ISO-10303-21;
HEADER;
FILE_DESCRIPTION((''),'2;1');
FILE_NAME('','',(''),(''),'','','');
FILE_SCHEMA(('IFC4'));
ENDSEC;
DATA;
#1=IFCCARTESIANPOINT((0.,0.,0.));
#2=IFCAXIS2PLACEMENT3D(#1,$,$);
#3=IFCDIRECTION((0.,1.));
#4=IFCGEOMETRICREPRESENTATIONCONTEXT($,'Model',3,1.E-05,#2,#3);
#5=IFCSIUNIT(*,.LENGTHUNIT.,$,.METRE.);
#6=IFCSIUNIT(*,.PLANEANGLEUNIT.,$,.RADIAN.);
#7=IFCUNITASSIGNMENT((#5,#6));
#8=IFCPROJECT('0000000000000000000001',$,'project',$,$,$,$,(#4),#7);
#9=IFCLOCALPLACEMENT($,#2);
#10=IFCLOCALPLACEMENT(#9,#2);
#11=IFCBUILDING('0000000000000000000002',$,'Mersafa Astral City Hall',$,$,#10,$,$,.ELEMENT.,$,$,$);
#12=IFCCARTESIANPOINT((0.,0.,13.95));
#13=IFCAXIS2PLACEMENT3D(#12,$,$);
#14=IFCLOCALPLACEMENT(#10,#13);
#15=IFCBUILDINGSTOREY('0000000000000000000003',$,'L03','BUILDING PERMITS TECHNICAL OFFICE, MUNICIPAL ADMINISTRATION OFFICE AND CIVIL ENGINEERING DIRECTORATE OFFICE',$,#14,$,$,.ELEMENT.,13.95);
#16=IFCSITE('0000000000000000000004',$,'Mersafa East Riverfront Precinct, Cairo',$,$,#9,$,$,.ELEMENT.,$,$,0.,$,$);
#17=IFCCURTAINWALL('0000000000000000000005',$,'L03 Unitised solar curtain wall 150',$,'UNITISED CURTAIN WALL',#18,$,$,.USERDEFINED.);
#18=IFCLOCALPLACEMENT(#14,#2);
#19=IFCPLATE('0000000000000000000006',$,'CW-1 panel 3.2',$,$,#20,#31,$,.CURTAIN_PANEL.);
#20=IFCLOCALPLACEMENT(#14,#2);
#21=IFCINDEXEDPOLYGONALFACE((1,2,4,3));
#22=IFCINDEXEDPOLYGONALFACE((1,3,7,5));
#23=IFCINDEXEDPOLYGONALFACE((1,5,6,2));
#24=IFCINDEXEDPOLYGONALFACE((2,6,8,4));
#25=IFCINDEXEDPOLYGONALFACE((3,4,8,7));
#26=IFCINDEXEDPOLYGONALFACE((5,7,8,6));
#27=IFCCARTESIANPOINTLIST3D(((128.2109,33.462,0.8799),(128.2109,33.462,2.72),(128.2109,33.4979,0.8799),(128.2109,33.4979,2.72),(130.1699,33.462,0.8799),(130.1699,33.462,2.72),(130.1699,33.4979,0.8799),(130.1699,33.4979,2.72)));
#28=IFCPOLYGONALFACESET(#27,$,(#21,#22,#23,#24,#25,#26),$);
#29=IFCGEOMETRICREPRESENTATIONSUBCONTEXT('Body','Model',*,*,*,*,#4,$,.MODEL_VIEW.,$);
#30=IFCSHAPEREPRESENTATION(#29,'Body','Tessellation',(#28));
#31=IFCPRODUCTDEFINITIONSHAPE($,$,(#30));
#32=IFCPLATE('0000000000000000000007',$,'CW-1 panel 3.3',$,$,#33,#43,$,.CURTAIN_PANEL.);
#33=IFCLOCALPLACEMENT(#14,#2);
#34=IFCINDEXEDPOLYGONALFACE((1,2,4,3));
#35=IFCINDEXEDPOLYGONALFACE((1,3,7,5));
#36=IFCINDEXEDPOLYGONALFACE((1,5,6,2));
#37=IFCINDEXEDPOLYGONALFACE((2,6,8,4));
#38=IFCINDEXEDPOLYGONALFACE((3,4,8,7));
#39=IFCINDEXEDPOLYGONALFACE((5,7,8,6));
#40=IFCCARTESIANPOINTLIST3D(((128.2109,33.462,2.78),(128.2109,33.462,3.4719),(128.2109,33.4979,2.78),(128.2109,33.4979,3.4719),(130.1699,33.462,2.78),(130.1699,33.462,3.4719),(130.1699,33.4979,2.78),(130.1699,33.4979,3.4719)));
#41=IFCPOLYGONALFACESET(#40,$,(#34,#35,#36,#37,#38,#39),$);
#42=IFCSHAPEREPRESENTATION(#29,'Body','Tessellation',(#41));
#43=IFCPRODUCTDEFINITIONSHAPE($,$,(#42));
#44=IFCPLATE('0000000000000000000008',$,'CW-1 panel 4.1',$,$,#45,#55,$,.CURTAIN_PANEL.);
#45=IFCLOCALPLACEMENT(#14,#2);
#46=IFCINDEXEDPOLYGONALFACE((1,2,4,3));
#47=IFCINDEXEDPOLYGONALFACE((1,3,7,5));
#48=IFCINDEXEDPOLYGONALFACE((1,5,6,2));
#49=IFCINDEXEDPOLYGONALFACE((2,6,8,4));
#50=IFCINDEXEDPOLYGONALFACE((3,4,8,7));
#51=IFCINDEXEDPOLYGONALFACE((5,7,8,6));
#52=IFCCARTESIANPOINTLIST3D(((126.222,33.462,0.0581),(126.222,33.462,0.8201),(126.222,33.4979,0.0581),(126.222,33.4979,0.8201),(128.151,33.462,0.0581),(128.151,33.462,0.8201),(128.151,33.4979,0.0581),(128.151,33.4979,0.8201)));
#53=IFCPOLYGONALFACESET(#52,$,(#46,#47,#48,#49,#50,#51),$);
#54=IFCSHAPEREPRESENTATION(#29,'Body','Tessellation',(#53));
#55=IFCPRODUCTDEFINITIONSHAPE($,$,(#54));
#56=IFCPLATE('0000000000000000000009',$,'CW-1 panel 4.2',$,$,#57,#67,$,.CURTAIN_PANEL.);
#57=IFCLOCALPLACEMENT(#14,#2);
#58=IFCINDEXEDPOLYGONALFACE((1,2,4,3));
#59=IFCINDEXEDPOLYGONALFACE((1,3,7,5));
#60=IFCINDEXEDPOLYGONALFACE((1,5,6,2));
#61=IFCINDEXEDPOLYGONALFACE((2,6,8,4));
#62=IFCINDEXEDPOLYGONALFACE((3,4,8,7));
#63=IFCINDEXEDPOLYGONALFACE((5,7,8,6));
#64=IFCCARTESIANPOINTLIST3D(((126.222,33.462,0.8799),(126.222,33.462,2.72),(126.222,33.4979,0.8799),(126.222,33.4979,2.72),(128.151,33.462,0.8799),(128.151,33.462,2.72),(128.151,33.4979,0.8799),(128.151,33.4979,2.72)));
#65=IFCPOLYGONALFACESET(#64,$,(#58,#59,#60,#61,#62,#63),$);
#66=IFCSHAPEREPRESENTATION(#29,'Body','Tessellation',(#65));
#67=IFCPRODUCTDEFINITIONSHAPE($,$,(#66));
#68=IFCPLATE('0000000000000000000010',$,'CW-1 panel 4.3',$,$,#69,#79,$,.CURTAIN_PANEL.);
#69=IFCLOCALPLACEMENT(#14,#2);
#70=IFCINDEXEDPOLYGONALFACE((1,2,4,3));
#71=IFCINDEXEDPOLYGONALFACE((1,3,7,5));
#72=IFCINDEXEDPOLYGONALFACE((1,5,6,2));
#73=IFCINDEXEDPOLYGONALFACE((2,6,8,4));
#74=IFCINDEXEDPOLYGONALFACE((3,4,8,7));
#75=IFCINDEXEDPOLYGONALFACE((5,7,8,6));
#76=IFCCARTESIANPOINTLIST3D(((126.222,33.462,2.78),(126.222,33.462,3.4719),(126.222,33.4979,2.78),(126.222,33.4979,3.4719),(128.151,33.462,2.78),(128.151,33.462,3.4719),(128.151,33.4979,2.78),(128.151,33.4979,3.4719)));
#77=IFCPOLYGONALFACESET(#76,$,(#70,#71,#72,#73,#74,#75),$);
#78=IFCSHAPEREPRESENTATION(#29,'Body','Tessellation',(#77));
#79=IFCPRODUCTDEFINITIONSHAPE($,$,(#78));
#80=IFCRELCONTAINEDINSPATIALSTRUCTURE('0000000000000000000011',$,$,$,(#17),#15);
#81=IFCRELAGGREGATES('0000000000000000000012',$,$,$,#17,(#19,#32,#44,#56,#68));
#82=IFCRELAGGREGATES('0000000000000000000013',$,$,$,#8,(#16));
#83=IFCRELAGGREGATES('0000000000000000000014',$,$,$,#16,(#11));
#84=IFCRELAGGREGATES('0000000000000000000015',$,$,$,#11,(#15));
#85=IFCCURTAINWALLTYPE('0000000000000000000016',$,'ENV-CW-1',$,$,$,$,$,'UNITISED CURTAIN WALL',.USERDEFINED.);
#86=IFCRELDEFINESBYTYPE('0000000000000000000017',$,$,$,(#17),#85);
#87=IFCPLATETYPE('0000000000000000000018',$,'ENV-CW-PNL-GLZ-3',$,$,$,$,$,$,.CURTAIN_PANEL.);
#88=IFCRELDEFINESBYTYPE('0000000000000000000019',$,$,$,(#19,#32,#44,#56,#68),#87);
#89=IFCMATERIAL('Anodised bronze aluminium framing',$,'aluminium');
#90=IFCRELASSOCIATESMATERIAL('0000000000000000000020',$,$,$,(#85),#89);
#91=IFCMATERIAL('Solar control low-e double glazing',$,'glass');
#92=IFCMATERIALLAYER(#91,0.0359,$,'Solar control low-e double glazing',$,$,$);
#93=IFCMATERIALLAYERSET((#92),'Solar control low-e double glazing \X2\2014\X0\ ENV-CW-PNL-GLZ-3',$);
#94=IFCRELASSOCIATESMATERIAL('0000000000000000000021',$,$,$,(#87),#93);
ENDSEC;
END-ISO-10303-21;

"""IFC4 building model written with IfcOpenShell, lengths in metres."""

from ifc_helpers import new_model, si_unit, direction, frame, origin, origin_2d, place, context, subcontext, project, spatial, rectangle, extrude, material, layer, layer_set, type_object, element, aggregate, save


model = new_model("IFC4")

# Units and contexts
model_context = context("Model", 3, precision=1e-05, world=origin(), true_north=direction((0.0, 1.0)))
body_context = subcontext(model_context, "Body", "Model", "MODEL_VIEW")
ifc_project = project(units=[si_unit("LENGTHUNIT", "METRE"), si_unit("PLANEANGLEUNIT", "RADIAN")], contexts=[model_context])

# Site, building, storey
site_placement = place(None, origin())
site = spatial("IfcSite", under=ifc_project, at=site_placement, Name="Mersafa East Riverfront Precinct, Cairo", CompositionType="ELEMENT", RefElevation=0.0)
building_placement = place(site_placement, origin())
building = spatial("IfcBuilding", under=site, at=building_placement, Name="Mersafa Astral City Hall", CompositionType="ELEMENT")
storey_placement = place(building_placement, frame((0.0, 0.0, 13.95)))
storey = spatial("IfcBuildingStorey", under=building, at=storey_placement, Name="L03", Description="BUILDING PERMITS TECHNICAL OFFICE, MUNICIPAL ADMINISTRATION OFFICE AND CIVIL ENGINEERING DIRECTORATE OFFICE", CompositionType="ELEMENT", Elevation=13.95)

# Shared definitions
ifc_material_1 = material(Name="Anodised bronze aluminium framing", Category="aluminium")

# Curtain wall
curtain_wall_type_1 = type_object("IfcCurtainWallType", Name="ENV-CW-1", ElementType="UNITISED CURTAIN WALL", PredefinedType="USERDEFINED", material=ifc_material_1)
curtain_wall_1_placement = place(storey_placement, origin())
curtain_wall_1 = element("IfcCurtainWall", 1, at=curtain_wall_1_placement, inside=storey, type_object=curtain_wall_type_1, Name="L03 Unitised solar curtain wall 150", ObjectType="UNITISED CURTAIN WALL", PredefinedType="USERDEFINED")

# Plates
ifc_material_2 = material(Name="Solar control low-e double glazing", Category="glass")
ifc_layer_1 = layer(ifc_material_2, 0.0359, Name="Solar control low-e double glazing")
ifc_layer_set_1 = layer_set([ifc_layer_1], Name="Solar control low-e double glazing — ENV-CW-PNL-GLZ-3")
plate_type_1 = type_object("IfcPlateType", Name="ENV-CW-PNL-GLZ-3", PredefinedType="CURTAIN_PANEL", material=ifc_layer_set_1)
plate_1_placement = place(storey_placement, frame((129.1904, 33.48, 0.8799), z_axis=(0.0, 0.0, 1.0), x_axis=(-1.0, 0.0, 0.0)))
plate_1 = element("IfcPlate", 2, at=plate_1_placement, type_object=plate_type_1, Name="CW-1 panel 3.2", PredefinedType="CURTAIN_PANEL", context=body_context, shape_type="SweptSolid", body=[
    extrude(rectangle(XDim=1.959, YDim=0.0359, at=origin_2d()), origin(), (0.0, 0.0, 1.0), 1.8401),
])
plate_2_placement = place(storey_placement, frame((129.1904, 33.48, 2.78), z_axis=(0.0, 0.0, 1.0), x_axis=(-1.0, 0.0, 0.0)))
plate_2 = element("IfcPlate", 3, at=plate_2_placement, type_object=plate_type_1, Name="CW-1 panel 3.3", PredefinedType="CURTAIN_PANEL", context=body_context, shape_type="SweptSolid", body=[
    extrude(rectangle(XDim=1.959, YDim=0.0359, at=origin_2d()), origin(), (0.0, 0.0, 1.0), 0.6919),
])
plate_3_placement = place(storey_placement, frame((127.1865, 33.48, 0.0581), z_axis=(0.0, 0.0, 1.0), x_axis=(-1.0, 0.0, 0.0)))
plate_3 = element("IfcPlate", 4, at=plate_3_placement, type_object=plate_type_1, Name="CW-1 panel 4.1", PredefinedType="CURTAIN_PANEL", context=body_context, shape_type="SweptSolid", body=[
    extrude(rectangle(XDim=1.929, YDim=0.0359, at=origin_2d()), origin(), (0.0, 0.0, 1.0), 0.762),
])
plate_4_placement = place(storey_placement, frame((127.1865, 33.48, 0.8799), z_axis=(0.0, 0.0, 1.0), x_axis=(-1.0, 0.0, 0.0)))
plate_4 = element("IfcPlate", 5, at=plate_4_placement, type_object=plate_type_1, Name="CW-1 panel 4.2", PredefinedType="CURTAIN_PANEL", context=body_context, shape_type="SweptSolid", body=[
    extrude(rectangle(XDim=1.929, YDim=0.0359, at=origin_2d()), origin(), (0.0, 0.0, 1.0), 1.8401),
])
plate_5_placement = place(storey_placement, frame((127.1865, 33.48, 2.78), z_axis=(0.0, 0.0, 1.0), x_axis=(-1.0, 0.0, 0.0)))
plate_5 = element("IfcPlate", 6, at=plate_5_placement, type_object=plate_type_1, Name="CW-1 panel 4.3", PredefinedType="CURTAIN_PANEL", context=body_context, shape_type="SweptSolid", body=[
    extrude(rectangle(XDim=1.929, YDim=0.0359, at=origin_2d()), origin(), (0.0, 0.0, 1.0), 0.6919),
])
aggregate(curtain_wall_1, [plate_1, plate_2, plate_3, plate_4, plate_5])

save(model, "model.ifc")
